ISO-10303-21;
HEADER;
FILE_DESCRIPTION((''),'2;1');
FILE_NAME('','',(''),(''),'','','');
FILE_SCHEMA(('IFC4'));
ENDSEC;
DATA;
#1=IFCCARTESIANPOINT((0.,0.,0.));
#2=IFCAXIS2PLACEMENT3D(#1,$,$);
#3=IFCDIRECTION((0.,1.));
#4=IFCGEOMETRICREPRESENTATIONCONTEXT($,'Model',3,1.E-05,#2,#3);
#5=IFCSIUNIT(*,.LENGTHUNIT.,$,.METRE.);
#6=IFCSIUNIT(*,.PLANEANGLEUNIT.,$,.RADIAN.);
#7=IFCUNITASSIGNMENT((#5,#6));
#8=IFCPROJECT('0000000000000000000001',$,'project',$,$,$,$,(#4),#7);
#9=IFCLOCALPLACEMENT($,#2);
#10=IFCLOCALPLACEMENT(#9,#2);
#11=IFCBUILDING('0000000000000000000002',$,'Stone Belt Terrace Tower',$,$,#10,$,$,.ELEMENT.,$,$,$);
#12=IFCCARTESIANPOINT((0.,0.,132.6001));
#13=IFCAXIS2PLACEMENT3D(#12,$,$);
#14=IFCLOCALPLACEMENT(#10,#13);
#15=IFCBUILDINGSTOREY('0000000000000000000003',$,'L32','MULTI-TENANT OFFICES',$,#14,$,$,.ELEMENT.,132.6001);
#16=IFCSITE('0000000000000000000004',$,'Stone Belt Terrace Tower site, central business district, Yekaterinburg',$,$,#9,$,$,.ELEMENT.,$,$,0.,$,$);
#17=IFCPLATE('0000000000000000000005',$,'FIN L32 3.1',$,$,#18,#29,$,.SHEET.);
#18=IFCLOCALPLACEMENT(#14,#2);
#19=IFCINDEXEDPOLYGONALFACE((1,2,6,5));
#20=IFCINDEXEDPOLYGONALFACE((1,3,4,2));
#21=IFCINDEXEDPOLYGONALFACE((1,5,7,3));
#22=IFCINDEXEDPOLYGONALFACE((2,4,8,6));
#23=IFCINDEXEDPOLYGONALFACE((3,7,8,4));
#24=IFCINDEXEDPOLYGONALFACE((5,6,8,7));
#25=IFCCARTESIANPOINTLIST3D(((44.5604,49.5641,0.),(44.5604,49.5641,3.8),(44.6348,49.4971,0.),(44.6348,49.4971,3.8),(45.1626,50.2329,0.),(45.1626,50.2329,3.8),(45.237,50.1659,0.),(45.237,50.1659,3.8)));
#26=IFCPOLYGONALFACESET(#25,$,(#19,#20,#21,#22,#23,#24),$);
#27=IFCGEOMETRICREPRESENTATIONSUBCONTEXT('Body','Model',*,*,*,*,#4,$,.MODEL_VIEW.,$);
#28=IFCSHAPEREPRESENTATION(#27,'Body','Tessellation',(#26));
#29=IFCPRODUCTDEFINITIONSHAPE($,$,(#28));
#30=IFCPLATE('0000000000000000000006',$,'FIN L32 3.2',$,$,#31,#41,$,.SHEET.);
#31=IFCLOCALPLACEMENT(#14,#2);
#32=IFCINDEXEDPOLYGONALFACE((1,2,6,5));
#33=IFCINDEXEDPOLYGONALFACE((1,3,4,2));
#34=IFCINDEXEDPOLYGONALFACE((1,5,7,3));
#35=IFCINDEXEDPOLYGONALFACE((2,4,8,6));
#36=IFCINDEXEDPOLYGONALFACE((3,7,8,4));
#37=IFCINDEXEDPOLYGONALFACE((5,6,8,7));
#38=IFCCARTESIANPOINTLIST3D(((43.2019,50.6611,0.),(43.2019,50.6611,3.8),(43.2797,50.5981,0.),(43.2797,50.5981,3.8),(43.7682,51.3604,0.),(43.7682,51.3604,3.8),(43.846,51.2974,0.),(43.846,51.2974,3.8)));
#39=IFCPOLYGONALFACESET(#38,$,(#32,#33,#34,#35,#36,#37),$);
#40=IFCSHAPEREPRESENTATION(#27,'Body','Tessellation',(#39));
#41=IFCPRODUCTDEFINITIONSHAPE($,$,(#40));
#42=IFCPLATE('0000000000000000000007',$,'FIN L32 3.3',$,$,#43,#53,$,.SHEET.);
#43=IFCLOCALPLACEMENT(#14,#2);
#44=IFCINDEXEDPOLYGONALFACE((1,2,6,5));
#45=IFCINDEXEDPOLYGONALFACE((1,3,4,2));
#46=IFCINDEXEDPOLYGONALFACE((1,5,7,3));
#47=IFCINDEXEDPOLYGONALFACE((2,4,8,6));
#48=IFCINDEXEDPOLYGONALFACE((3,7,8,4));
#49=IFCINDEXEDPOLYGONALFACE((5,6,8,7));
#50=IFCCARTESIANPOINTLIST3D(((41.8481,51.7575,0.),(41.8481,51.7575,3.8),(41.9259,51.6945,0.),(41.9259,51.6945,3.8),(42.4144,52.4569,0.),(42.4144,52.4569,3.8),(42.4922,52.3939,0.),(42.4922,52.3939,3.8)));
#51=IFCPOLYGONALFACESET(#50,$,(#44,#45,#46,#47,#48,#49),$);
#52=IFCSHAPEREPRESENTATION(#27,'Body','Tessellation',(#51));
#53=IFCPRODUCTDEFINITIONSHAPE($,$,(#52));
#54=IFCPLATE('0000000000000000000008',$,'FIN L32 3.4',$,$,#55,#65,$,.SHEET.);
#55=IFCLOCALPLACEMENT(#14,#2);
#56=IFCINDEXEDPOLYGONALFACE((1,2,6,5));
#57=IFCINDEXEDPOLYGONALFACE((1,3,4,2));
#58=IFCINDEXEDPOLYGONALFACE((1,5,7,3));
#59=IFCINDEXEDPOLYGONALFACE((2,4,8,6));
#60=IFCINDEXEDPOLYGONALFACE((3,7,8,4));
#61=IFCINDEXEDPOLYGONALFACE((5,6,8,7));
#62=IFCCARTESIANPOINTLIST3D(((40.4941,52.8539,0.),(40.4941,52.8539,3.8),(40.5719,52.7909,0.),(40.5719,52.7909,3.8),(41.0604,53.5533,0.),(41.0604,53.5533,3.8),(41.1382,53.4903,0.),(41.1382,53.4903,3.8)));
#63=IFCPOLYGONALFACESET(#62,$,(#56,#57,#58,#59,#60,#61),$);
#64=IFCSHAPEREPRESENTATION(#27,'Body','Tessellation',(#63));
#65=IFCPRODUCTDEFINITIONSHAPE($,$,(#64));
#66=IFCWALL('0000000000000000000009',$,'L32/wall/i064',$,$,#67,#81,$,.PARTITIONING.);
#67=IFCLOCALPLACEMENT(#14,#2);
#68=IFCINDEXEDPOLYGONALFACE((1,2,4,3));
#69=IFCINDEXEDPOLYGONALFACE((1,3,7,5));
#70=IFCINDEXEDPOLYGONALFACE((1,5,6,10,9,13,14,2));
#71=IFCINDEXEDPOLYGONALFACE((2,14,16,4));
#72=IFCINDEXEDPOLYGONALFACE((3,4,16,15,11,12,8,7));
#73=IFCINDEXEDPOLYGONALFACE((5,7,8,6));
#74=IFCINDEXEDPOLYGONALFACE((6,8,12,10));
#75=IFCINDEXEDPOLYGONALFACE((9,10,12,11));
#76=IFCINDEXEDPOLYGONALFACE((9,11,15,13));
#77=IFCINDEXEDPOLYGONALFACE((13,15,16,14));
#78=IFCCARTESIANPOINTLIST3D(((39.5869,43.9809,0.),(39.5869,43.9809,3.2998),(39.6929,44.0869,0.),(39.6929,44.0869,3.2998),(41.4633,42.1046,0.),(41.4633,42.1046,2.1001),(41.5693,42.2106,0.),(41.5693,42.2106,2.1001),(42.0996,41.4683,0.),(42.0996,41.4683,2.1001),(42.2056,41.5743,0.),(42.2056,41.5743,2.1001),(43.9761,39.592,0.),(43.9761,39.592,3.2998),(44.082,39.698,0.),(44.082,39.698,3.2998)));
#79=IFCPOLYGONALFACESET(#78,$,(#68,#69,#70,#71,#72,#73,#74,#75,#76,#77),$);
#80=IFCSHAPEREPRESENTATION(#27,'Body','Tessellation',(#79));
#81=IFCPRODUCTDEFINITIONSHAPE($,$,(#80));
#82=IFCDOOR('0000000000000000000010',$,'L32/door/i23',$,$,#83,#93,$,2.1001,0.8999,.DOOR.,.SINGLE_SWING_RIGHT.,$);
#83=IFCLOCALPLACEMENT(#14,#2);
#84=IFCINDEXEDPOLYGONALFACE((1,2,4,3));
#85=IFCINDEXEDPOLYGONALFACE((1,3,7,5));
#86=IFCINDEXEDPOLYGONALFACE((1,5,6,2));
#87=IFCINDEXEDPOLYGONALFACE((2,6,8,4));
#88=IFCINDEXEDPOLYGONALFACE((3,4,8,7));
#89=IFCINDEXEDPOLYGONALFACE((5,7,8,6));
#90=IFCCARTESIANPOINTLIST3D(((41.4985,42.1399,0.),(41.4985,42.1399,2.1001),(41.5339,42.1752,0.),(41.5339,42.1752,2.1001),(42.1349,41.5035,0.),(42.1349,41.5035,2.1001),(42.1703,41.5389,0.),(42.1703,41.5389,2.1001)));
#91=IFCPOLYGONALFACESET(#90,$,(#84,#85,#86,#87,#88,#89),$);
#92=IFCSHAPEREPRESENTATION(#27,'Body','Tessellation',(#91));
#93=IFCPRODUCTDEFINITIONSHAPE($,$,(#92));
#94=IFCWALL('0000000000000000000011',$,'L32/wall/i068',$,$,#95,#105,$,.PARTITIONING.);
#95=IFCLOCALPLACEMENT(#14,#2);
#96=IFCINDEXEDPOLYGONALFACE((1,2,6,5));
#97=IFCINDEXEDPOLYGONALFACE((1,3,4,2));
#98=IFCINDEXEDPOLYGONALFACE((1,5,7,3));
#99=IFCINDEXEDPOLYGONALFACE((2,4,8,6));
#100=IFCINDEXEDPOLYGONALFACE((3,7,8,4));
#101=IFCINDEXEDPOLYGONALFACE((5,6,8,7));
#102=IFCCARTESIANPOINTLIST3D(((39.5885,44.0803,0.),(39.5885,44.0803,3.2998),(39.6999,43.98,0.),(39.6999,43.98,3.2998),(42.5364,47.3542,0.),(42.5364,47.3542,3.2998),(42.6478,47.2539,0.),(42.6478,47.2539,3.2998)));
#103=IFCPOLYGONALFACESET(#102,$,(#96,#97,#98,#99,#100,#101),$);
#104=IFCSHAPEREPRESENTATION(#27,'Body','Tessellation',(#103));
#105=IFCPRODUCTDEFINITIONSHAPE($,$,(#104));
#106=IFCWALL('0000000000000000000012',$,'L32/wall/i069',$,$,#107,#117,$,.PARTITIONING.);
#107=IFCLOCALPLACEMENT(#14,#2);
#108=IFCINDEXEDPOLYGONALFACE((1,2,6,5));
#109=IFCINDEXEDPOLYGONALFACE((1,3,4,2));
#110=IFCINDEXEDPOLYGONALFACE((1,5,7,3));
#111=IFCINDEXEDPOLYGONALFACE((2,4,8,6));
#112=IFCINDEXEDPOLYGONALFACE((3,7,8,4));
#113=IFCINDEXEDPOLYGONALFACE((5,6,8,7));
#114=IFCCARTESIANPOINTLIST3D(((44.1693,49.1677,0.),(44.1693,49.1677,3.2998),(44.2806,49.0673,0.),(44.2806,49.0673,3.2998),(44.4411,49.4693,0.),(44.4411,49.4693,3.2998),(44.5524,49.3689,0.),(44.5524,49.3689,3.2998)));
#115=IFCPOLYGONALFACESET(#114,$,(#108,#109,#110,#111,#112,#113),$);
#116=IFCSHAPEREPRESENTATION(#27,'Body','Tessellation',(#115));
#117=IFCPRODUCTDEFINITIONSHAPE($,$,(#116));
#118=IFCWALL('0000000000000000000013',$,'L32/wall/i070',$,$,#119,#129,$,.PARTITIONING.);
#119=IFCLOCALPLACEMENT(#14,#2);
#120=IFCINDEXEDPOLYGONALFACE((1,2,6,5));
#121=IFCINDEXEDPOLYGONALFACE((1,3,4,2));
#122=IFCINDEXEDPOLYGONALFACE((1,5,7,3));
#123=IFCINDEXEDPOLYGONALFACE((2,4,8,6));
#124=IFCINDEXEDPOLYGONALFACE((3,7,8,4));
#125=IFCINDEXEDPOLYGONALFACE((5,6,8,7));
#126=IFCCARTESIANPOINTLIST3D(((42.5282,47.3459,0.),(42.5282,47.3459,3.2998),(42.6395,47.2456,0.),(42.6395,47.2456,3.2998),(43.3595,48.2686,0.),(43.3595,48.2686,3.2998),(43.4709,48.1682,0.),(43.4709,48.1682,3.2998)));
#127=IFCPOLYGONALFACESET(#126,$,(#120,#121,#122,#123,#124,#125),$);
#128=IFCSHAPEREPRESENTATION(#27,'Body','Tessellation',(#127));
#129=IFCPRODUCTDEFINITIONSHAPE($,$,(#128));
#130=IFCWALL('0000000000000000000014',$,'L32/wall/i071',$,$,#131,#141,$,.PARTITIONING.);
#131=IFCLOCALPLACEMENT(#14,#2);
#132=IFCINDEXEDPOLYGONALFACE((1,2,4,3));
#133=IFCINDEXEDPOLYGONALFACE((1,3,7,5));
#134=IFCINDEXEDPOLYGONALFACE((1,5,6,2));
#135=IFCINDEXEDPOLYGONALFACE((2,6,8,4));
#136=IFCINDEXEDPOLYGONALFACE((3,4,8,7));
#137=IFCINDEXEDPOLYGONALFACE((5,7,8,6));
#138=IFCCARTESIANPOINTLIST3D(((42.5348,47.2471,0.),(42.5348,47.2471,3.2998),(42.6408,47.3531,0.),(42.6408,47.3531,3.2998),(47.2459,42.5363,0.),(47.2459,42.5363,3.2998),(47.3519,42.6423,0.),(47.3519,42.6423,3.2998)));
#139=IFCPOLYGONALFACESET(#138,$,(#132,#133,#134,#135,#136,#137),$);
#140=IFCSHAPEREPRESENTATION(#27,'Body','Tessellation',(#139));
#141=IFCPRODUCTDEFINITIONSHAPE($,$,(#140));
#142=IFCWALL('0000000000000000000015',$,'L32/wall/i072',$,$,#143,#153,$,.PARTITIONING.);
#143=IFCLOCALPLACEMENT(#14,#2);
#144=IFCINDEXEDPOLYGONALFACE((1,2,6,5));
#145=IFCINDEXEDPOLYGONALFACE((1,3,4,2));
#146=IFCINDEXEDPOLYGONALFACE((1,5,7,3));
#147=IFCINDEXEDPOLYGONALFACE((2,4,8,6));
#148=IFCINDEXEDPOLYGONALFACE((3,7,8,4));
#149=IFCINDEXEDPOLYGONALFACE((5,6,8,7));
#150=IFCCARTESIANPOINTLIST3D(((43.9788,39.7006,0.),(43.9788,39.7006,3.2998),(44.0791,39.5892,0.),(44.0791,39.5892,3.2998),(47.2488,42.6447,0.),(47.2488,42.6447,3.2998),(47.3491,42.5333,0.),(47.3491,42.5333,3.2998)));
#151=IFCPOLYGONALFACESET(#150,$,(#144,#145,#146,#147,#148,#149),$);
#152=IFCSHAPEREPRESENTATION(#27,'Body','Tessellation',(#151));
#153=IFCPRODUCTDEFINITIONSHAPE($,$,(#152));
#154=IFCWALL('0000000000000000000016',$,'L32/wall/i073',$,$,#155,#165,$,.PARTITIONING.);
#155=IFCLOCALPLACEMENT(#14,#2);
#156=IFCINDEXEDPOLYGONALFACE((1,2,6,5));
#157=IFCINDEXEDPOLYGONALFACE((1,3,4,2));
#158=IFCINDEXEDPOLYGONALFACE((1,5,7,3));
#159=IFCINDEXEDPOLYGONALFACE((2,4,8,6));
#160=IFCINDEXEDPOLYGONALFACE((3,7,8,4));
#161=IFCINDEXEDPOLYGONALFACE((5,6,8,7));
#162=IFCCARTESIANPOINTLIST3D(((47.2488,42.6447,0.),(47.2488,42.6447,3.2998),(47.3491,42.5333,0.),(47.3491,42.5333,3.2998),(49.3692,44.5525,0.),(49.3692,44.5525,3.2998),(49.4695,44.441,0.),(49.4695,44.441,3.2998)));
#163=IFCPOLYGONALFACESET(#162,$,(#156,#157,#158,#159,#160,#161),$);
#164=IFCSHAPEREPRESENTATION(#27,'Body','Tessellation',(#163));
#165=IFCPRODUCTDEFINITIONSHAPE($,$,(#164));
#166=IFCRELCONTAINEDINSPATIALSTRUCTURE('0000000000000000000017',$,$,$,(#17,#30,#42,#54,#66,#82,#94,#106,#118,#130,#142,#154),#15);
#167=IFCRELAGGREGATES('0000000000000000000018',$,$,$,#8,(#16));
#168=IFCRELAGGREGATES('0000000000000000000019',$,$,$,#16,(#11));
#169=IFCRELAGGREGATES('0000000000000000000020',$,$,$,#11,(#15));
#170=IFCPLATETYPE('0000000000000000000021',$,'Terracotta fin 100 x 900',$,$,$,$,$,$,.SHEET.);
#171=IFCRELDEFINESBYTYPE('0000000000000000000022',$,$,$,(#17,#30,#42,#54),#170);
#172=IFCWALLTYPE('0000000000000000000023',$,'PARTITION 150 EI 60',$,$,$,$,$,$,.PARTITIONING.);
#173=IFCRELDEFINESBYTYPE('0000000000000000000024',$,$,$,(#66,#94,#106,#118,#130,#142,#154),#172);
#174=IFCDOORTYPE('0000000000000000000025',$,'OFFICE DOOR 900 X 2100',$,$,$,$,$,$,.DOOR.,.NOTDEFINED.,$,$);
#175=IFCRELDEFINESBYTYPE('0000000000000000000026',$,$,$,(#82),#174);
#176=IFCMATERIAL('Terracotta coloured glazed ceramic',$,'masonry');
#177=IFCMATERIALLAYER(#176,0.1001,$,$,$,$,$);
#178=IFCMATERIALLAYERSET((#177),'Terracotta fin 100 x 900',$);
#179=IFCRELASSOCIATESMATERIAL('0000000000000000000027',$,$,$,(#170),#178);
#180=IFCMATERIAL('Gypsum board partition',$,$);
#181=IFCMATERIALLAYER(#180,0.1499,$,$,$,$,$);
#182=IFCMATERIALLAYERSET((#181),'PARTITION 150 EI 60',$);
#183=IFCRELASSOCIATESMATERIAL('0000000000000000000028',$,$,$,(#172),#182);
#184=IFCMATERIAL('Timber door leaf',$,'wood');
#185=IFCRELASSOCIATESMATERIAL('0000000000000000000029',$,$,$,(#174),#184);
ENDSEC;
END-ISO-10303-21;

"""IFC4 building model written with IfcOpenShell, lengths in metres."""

from ifc_helpers import new_model, si_unit, direction, frame, frame_2d, origin, origin_2d, place, context, subcontext, project, spatial, rectangle, extrude, material, layer, layer_set, type_object, element, fill, save


model = new_model("IFC4")

# Units and contexts
model_context = context("Model", 3, precision=1e-05, world=origin(), true_north=direction((0.0, 1.0)))
body_context = subcontext(model_context, "Body", "Model", "MODEL_VIEW")
ifc_project = project(units=[si_unit("LENGTHUNIT", "METRE"), si_unit("PLANEANGLEUNIT", "RADIAN")], contexts=[model_context])

# Site, building, storey
site_placement = place(None, origin())
site = spatial("IfcSite", under=ifc_project, at=site_placement, Name="Stone Belt Terrace Tower site, central business district, Yekaterinburg", CompositionType="ELEMENT", RefElevation=0.0)
building_placement = place(site_placement, origin())
building = spatial("IfcBuilding", under=site, at=building_placement, Name="Stone Belt Terrace Tower", CompositionType="ELEMENT")
storey_placement = place(building_placement, frame((0.0, 0.0, 132.6001)))
storey = spatial("IfcBuildingStorey", under=building, at=storey_placement, Name="L32", Description="MULTI-TENANT OFFICES", CompositionType="ELEMENT", Elevation=132.6001)

# Plates
ifc_material_1 = material(Name="Terracotta coloured glazed ceramic", Category="masonry")
ifc_layer_1 = layer(ifc_material_1, 0.1001)
ifc_layer_set_1 = layer_set([ifc_layer_1], Name="Terracotta fin 100 x 900")
plate_type_1 = type_object("IfcPlateType", Name="Terracotta fin 100 x 900", PredefinedType="SHEET", material=ifc_layer_set_1)
for number, where, z_axis, x_axis, name in (
    (1, (44.8987, 49.865, 0.0), (0.0, 0.0, 1.0), (0.669131, 0.743145, 0.0), "FIN L32 3.1"),
    (2, (43.5239, 50.9792, 0.0), (0.0, 0.0, 1.0), (0.62932, 0.777146, 0.0), "FIN L32 3.2"),
    (3, (42.1702, 52.0757, 0.0), (0.0, 0.0, 1.0), (0.62932, 0.777146, 0.0), "FIN L32 3.3"),
    (4, (40.8162, 53.1721, 0.0), (0.0, 0.0, 1.0), (0.62932, 0.777146, 0.0), "FIN L32 3.4"),
):
    element("IfcPlate", number, at=place(storey_placement, frame(where, z_axis=z_axis, x_axis=x_axis)), inside=storey, type_object=plate_type_1, Name=name, PredefinedType="SHEET", context=body_context, shape_type="SweptSolid", body=[
        extrude(rectangle(XDim=0.8999, YDim=0.1001, at=origin_2d()), origin(), (0.0, 0.0, 1.0), 3.8),
    ])

# Wall, opening, door
ifc_material_2 = material(Name="Gypsum board partition")
ifc_layer_2 = layer(ifc_material_2, 0.1499)
ifc_layer_set_2 = layer_set([ifc_layer_2], Name="PARTITION 150 EI 60")
wall_type = type_object("IfcWallType", Name="PARTITION 150 EI 60", PredefinedType="PARTITIONING", material=ifc_layer_set_2)
wall_1_placement = place(storey_placement, frame((39.6399, 44.0339, 0.0), z_axis=(0.0, 0.0, 1.0), x_axis=(0.707126, -0.707087, 0.0)))
wall_1 = element("IfcWall", 5, at=wall_1_placement, inside=storey, type_object=wall_type, Name="L32/wall/i064", PredefinedType="PARTITIONING", context=body_context, shape_type="SweptSolid", body=[
    extrude(rectangle(XDim=6.207, YDim=0.1499, at=frame_2d((3.1035, 0.0))), origin(), (0.0, 0.0, 1.0), 3.2998),
])
opening_placement = place(wall_1_placement, frame((2.6536, 0.0, 0.0)))
opening = element("IfcOpeningElement", 6, at=opening_placement, cuts=wall_1, PredefinedType="OPENING", context=body_context, shape_type="SweptSolid", body=[
    extrude(rectangle(XDim=0.8999, YDim=2.1001, at=frame_2d((0.45, 1.05))), frame((0.0, 0.085, 0.0), z_axis=(0.0, -1.0, 0.0), x_axis=(1.0, 0.0, 0.0)), (0.0, 0.0, 1.0), 0.1699),
])
ifc_material_3 = material(Name="Timber door leaf", Category="wood")
door_type = type_object("IfcDoorType", Name="OFFICE DOOR 900 X 2100", OperationType="NOTDEFINED", PredefinedType="DOOR", material=ifc_material_3)
door_placement = place(opening_placement, origin())
door = element("IfcDoor", 7, at=door_placement, inside=storey, type_object=door_type, Name="L32/door/i23", OperationType="SINGLE_SWING_RIGHT", OverallHeight=2.1001, OverallWidth=0.8999, PredefinedType="DOOR", context=body_context, shape_type="SweptSolid", body=[
    extrude(rectangle(XDim=0.8999, YDim=2.1001, at=frame_2d((0.45, 1.05))), frame((0.0, 0.0249, 0.0), z_axis=(0.0, -1.0, 0.0), x_axis=(1.0, 0.0, 0.0)), (0.0, 0.0, 1.0), 0.05),
])
fill(opening, door)

# Walls
wall_2_placement = place(storey_placement, frame((42.592, 47.304, 0.0), z_axis=(0.0, 0.0, 1.0), x_axis=(-0.669148, -0.743129, 0.0)))
element("IfcWall", 8, at=wall_2_placement, inside=storey, type_object=wall_type, Name="L32/wall/i068", PredefinedType="PARTITIONING", context=body_context, shape_type="SweptSolid", body=[
    extrude(rectangle(XDim=4.4055, YDim=0.1499, at=frame_2d((2.2026, 0.0))), origin(), (0.0, 0.0, 1.0), 3.2998),
])
wall_3_placement = place(storey_placement, frame((44.4968, 49.4192, 0.0), z_axis=(0.0, 0.0, 1.0), x_axis=(-0.669463, -0.742845, 0.0)))
element("IfcWall", 9, at=wall_3_placement, inside=storey, type_object=wall_type, Name="L32/wall/i069", PredefinedType="PARTITIONING", context=body_context, shape_type="SweptSolid", body=[
    extrude(rectangle(XDim=0.406, YDim=0.1499, at=frame_2d((0.2031, 0.0))), origin(), (0.0, 0.0, 1.0), 3.2998),
])
wall_4_placement = place(storey_placement, frame((43.4153, 48.2185, 0.0), z_axis=(0.0, 0.0, 1.0), x_axis=(-0.669388, -0.742913, 0.0)))
element("IfcWall", 10, at=wall_4_placement, inside=storey, type_object=wall_type, Name="L32/wall/i070", PredefinedType="PARTITIONING", context=body_context, shape_type="SweptSolid", body=[
    extrude(rectangle(XDim=1.2419, YDim=0.1499, at=frame_2d((0.6211, 0.0))), origin(), (0.0, 0.0, 1.0), 3.2998),
])
wall_5_placement = place(storey_placement, frame((42.5879, 47.3, 0.0), z_axis=(0.0, 0.0, 1.0), x_axis=(0.707125, -0.707088, 0.0)))
element("IfcWall", 11, at=wall_5_placement, inside=storey, type_object=wall_type, Name="L32/wall/i071", PredefinedType="PARTITIONING", context=body_context, shape_type="SweptSolid", body=[
    extrude(rectangle(XDim=6.6624, YDim=0.1499, at=frame_2d((3.3311, 0.0))), origin(), (0.0, 0.0, 1.0), 3.2998),
])
wall_6_placement = place(storey_placement, frame((47.2991, 42.5891, 0.0), z_axis=(0.0, 0.0, 1.0), x_axis=(-0.743173, -0.6691, 0.0)))
element("IfcWall", 12, at=wall_6_placement, inside=storey, type_object=wall_type, Name="L32/wall/i072", PredefinedType="PARTITIONING", context=body_context, shape_type="SweptSolid", body=[
    extrude(rectangle(XDim=4.4001, YDim=0.1499, at=frame_2d((2.2002, 0.0))), origin(), (0.0, 0.0, 1.0), 3.2998),
])
wall_7_placement = place(storey_placement, frame((49.4194, 44.4968, 0.0), z_axis=(0.0, 0.0, 1.0), x_axis=(-0.743401, -0.668846, 0.0)))
element("IfcWall", 13, at=wall_7_placement, inside=storey, type_object=wall_type, Name="L32/wall/i073", PredefinedType="PARTITIONING", context=body_context, shape_type="SweptSolid", body=[
    extrude(rectangle(XDim=2.8523, YDim=0.1499, at=frame_2d((1.4263, 0.0))), origin(), (0.0, 0.0, 1.0), 3.2998),
])

save(model, "model.ifc")
